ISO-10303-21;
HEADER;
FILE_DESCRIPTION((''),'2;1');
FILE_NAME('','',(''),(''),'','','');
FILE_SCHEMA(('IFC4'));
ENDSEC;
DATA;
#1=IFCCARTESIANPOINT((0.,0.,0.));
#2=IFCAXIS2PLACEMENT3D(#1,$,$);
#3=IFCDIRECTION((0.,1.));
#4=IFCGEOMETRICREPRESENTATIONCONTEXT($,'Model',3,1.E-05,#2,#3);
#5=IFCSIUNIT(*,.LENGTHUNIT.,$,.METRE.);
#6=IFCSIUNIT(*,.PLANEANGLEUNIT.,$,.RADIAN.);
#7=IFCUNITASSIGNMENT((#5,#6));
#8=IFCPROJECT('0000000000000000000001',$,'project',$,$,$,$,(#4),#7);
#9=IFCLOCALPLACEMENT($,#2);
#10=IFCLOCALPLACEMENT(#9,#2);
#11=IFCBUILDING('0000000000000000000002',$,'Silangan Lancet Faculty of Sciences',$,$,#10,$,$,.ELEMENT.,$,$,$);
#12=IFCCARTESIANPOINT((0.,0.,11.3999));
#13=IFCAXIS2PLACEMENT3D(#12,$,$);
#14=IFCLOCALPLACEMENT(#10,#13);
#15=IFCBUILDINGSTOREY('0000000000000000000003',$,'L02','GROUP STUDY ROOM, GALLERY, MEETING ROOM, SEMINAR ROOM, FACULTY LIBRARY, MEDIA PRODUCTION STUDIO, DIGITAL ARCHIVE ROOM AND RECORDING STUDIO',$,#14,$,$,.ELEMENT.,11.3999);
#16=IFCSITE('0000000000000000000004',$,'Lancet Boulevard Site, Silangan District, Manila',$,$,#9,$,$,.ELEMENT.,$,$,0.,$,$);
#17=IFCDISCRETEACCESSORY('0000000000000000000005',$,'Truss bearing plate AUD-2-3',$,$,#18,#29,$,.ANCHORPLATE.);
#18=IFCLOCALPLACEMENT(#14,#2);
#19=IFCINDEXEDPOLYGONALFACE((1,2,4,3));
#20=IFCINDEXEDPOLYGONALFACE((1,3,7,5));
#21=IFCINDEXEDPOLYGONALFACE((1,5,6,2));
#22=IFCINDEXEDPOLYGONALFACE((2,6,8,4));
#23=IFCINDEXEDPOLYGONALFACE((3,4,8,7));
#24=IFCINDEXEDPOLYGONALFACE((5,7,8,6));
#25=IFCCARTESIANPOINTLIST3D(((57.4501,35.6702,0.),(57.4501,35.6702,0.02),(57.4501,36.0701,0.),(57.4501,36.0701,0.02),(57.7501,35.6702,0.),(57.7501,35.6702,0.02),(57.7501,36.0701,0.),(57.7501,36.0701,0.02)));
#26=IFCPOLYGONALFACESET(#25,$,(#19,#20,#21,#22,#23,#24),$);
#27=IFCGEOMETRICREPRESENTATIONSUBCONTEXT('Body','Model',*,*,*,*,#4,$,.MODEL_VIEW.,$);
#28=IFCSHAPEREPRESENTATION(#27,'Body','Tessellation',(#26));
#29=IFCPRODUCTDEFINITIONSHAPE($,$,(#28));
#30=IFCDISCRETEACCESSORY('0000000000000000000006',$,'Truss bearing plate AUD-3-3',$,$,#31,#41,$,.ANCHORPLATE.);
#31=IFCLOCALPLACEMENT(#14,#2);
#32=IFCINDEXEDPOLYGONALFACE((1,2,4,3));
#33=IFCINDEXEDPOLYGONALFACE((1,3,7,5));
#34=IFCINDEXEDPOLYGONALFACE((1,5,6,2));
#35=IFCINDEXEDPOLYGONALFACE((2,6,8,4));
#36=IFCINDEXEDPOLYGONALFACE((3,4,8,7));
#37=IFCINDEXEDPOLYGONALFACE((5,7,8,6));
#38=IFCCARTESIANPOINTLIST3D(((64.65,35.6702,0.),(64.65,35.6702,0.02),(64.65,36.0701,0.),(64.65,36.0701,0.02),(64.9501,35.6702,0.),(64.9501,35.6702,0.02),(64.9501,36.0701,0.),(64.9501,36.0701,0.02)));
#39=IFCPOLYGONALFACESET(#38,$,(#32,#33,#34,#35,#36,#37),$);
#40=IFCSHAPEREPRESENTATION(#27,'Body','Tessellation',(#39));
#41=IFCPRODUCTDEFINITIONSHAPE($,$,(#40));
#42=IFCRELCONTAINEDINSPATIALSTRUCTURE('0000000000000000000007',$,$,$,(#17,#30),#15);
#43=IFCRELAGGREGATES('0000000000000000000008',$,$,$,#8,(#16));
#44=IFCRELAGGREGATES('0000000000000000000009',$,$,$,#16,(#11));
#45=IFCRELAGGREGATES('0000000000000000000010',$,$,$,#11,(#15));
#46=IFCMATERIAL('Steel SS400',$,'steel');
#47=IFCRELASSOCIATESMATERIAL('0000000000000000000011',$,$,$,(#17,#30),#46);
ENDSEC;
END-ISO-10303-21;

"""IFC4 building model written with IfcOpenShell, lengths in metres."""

from ifc_helpers import new_model, si_unit, direction, frame, origin, origin_2d, place, context, subcontext, project, spatial, rectangle, extrude, material, element, save


model = new_model("IFC4")

# Units and contexts
model_context = context("Model", 3, precision=1e-05, world=origin(), true_north=direction((0.0, 1.0)))
body_context = subcontext(model_context, "Body", "Model", "MODEL_VIEW")
ifc_project = project(units=[si_unit("LENGTHUNIT", "METRE"), si_unit("PLANEANGLEUNIT", "RADIAN")], contexts=[model_context])

# Site, building, storey
site_placement = place(None, origin())
site = spatial("IfcSite", under=ifc_project, at=site_placement, Name="Lancet Boulevard Site, Silangan District, Manila", CompositionType="ELEMENT", RefElevation=0.0)
building_placement = place(site_placement, origin())
building = spatial("IfcBuilding", under=site, at=building_placement, Name="Silangan Lancet Faculty of Sciences", CompositionType="ELEMENT")
storey_placement = place(building_placement, frame((0.0, 0.0, 11.3999)))
storey = spatial("IfcBuildingStorey", under=building, at=storey_placement, Name="L02", Description="GROUP STUDY ROOM, GALLERY, MEETING ROOM, SEMINAR ROOM, FACULTY LIBRARY, MEDIA PRODUCTION STUDIO, DIGITAL ARCHIVE ROOM AND RECORDING STUDIO", CompositionType="ELEMENT", Elevation=11.3999)

# Discrete accessories
ifc_material_1 = material(Name="Steel SS400", Category="steel")
for number, where, z_axis, x_axis, name in (
    (1, (57.6001, 35.8701, 0.0), (0.0, 0.0, 1.0), (1.0, 0.0, 0.0), "Truss bearing plate AUD-2-3"),
    (2, (64.8, 35.8701, 0.0), (0.0, 0.0, 1.0), (1.0, 0.0, 0.0), "Truss bearing plate AUD-3-3"),
):
    element("IfcDiscreteAccessory", number, at=place(storey_placement, frame(where, z_axis=z_axis, x_axis=x_axis)), inside=storey, material=ifc_material_1, Name=name, PredefinedType="ANCHORPLATE", context=body_context, shape_type="SweptSolid", body=[
        extrude(rectangle(XDim=0.3, YDim=0.3999, at=origin_2d()), origin(), (0.0, 0.0, 1.0), 0.02),
    ])

save(model, "model.ifc")
